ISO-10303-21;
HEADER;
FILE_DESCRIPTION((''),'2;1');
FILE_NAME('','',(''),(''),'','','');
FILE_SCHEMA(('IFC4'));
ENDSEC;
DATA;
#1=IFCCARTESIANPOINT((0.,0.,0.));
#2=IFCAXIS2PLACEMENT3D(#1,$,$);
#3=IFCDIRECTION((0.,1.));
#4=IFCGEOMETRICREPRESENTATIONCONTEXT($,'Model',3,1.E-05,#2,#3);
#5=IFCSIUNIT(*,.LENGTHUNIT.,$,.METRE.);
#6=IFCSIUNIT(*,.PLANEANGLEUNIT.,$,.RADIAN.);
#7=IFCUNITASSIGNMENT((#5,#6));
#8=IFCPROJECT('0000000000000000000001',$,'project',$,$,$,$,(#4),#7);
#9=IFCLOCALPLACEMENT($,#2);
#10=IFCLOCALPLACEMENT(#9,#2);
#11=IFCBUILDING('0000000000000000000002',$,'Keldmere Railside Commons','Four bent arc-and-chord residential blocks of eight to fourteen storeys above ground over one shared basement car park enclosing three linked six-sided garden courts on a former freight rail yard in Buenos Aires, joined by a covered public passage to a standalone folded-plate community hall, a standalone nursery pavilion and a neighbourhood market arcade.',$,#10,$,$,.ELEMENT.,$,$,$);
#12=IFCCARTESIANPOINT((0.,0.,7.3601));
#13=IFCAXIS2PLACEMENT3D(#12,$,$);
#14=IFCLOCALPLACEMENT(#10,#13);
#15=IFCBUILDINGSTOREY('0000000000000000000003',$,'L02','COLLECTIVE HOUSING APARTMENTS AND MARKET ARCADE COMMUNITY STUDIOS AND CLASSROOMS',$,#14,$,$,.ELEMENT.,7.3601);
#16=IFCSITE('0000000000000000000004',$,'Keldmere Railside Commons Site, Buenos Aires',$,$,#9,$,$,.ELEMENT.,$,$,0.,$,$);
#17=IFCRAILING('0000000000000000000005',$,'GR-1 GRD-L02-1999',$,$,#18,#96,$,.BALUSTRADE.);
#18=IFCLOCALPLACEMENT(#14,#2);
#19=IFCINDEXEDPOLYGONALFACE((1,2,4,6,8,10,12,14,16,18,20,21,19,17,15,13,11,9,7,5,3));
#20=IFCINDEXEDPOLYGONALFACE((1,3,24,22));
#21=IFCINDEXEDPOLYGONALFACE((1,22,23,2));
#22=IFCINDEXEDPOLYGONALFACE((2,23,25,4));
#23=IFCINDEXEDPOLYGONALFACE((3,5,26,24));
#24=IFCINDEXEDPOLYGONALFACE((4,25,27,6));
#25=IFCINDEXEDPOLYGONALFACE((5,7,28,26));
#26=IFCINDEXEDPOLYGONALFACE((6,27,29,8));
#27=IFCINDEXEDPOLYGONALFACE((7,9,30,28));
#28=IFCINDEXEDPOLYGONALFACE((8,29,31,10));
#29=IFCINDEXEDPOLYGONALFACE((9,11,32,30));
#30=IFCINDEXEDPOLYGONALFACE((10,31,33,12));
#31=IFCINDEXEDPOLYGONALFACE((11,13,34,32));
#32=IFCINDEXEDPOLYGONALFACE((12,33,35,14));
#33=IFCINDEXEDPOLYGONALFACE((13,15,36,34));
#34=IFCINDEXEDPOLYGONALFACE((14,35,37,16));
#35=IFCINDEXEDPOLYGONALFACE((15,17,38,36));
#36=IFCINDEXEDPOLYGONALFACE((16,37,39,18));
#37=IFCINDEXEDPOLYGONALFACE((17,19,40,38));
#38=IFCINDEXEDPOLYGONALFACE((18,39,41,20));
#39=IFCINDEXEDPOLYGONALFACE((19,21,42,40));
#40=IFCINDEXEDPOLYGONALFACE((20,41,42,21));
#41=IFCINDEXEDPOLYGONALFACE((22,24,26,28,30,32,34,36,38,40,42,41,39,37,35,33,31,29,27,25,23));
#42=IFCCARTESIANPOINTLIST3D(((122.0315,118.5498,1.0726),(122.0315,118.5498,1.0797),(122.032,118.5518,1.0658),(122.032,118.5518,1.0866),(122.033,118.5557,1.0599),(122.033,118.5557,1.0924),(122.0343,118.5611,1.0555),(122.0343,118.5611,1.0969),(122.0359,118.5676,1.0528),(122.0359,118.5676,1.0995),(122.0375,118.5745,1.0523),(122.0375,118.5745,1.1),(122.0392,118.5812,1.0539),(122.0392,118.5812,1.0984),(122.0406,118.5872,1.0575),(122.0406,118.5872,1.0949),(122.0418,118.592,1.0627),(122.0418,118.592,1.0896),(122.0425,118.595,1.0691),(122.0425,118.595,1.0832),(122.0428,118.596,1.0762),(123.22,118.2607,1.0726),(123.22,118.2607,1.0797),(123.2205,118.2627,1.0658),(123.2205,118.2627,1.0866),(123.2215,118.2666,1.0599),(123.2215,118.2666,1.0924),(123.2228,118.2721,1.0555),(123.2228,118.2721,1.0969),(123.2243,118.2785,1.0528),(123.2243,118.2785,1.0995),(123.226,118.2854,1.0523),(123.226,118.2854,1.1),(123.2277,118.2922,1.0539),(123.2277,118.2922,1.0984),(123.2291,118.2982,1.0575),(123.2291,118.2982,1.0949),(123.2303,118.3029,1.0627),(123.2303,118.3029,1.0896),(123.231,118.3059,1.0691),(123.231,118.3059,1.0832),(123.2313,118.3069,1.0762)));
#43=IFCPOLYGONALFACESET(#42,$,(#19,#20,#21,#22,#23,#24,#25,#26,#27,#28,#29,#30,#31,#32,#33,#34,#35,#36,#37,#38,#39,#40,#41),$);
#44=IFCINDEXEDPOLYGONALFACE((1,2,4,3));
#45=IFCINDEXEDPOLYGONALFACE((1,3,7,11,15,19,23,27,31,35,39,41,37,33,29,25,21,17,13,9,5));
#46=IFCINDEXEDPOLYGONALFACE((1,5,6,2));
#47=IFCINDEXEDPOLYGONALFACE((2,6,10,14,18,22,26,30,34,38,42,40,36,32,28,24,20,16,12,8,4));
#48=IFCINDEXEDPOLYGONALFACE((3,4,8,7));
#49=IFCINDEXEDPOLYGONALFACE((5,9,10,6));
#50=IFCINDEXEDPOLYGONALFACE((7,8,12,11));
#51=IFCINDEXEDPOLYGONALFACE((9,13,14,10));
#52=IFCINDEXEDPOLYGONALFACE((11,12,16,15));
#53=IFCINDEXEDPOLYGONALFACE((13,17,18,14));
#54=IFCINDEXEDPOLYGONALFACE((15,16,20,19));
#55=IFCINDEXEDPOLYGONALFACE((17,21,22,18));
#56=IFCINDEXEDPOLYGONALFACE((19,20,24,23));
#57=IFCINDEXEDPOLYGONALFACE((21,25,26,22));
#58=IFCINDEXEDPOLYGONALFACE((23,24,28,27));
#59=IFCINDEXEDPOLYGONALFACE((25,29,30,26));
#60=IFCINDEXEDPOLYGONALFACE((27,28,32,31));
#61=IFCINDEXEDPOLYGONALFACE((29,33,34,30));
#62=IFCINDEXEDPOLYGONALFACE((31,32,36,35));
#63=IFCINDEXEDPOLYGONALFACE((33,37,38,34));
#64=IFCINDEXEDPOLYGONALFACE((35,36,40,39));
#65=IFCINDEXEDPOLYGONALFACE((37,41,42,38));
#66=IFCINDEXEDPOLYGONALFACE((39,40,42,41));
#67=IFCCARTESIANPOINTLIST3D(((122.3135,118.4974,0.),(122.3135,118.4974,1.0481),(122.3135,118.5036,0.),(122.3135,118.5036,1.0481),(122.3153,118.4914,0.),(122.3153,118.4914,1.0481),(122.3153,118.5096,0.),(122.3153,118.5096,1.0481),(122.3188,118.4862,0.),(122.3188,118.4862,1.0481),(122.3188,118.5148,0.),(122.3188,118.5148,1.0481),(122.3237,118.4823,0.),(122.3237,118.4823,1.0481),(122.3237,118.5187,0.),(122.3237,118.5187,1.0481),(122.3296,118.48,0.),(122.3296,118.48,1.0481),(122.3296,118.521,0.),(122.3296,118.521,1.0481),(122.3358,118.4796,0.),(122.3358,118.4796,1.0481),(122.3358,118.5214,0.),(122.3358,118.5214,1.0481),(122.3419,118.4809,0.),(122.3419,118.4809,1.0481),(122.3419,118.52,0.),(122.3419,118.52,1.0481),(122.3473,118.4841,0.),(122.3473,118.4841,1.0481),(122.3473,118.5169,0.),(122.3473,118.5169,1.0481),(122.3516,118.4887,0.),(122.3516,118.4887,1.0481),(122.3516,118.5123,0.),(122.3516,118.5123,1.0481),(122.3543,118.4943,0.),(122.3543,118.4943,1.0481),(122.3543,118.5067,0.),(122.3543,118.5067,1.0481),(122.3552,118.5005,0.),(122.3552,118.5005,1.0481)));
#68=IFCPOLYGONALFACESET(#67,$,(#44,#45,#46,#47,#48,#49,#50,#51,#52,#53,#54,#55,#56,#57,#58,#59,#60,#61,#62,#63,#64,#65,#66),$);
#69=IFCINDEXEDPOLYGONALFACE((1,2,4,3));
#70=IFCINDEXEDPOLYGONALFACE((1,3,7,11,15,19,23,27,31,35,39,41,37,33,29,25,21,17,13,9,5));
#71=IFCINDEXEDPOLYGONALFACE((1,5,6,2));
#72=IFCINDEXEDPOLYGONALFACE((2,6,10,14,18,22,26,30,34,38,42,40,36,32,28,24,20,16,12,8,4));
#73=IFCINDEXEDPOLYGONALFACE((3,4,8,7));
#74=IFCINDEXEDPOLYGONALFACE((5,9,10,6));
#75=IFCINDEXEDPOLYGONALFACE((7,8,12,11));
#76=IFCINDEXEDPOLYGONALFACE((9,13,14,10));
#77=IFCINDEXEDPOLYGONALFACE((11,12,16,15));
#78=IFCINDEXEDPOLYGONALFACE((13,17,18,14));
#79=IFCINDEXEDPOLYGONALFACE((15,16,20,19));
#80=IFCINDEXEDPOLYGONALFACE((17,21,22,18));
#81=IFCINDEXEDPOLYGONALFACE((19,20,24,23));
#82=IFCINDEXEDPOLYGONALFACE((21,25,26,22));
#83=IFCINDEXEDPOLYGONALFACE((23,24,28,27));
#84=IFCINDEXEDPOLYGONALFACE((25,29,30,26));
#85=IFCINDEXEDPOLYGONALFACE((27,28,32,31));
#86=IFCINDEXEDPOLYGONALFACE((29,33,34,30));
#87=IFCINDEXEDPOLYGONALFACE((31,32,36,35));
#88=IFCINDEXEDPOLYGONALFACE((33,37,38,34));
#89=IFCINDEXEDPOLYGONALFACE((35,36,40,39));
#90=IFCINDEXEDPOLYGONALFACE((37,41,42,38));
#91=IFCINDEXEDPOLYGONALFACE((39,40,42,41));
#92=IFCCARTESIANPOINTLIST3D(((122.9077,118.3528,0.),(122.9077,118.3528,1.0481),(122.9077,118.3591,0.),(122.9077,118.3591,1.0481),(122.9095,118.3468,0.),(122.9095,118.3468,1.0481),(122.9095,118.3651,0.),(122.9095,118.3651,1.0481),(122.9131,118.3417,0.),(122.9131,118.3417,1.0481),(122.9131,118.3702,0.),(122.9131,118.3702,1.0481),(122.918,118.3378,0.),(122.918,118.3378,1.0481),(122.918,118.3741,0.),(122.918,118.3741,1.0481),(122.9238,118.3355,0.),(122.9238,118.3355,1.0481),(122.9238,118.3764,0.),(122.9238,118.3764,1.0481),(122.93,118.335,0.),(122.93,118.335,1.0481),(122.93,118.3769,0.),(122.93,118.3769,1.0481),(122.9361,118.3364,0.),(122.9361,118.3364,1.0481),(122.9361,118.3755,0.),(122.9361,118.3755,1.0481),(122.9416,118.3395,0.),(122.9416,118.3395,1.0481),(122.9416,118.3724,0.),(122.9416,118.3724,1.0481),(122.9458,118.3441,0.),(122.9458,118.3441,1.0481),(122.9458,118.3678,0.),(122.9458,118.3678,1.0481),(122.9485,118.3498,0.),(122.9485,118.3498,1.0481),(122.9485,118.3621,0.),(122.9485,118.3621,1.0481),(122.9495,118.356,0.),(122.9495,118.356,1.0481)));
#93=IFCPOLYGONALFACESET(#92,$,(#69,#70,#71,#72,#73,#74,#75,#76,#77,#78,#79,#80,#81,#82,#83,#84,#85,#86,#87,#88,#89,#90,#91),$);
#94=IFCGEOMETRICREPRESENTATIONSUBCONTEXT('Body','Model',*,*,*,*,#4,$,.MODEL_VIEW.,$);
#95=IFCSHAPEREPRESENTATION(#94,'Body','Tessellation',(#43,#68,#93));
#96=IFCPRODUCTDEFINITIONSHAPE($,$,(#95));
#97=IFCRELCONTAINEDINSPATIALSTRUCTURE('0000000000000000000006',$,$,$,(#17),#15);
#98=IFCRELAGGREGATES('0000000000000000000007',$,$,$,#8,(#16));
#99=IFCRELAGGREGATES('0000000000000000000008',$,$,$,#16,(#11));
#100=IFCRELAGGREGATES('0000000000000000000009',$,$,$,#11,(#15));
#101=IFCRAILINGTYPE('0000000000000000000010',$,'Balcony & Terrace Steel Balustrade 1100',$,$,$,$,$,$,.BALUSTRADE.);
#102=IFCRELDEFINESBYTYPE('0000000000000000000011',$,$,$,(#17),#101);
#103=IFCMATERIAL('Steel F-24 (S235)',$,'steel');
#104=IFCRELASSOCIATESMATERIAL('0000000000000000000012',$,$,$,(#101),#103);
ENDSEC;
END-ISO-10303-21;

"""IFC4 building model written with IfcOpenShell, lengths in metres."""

from ifc_helpers import new_model, si_unit, direction, frame, origin, origin_2d, place, context, subcontext, project, spatial, circle, extrude, material, type_object, element, save


model = new_model("IFC4")

# Units and contexts
model_context = context("Model", 3, precision=1e-05, world=origin(), true_north=direction((0.0, 1.0)))
body_context = subcontext(model_context, "Body", "Model", "MODEL_VIEW")
ifc_project = project(units=[si_unit("LENGTHUNIT", "METRE"), si_unit("PLANEANGLEUNIT", "RADIAN")], contexts=[model_context])

# Site, building, storey
site_placement = place(None, origin())
site = spatial("IfcSite", under=ifc_project, at=site_placement, Name="Keldmere Railside Commons Site, Buenos Aires", CompositionType="ELEMENT", RefElevation=0.0)
building_placement = place(site_placement, origin())
building = spatial("IfcBuilding", under=site, at=building_placement, Name="Keldmere Railside Commons", Description="Four bent arc-and-chord residential blocks of eight to fourteen storeys above ground over one shared basement car park enclosing three linked six-sided garden courts on a former freight rail yard in Buenos Aires, joined by a covered public passage to a standalone folded-plate community hall, a standalone nursery pavilion and a neighbourhood market arcade.", CompositionType="ELEMENT")
storey_placement = place(building_placement, frame((0.0, 0.0, 7.3601)))
storey = spatial("IfcBuildingStorey", under=building, at=storey_placement, Name="L02", Description="COLLECTIVE HOUSING APARTMENTS AND MARKET ARCADE COMMUNITY STUDIOS AND CLASSROOMS", CompositionType="ELEMENT", Elevation=7.3601)

# Railing
ifc_material_1 = material(Name="Steel F-24 (S235)", Category="steel")
railing_type = type_object("IfcRailingType", Name="Balcony & Terrace Steel Balustrade 1100", PredefinedType="BALUSTRADE", material=ifc_material_1)
railing_1_placement = place(storey_placement, frame((122.0371, 118.5728, 0.0)))
element("IfcRailing", 1, at=railing_1_placement, inside=storey, type_object=railing_type, Name="GR-1 GRD-L02-1999", PredefinedType="BALUSTRADE", context=body_context, shape_type="SweptSolid", body=[
    extrude(circle(Radius=0.0239, at=origin_2d()), frame((0.0, 0.0, 1.0762), z_axis=(0.971673, -0.236331, 0.0), x_axis=(0.236331, 0.971673, 0.0)), (0.0, 0.0, 1.0), 1.2231),
    extrude(circle(Radius=0.021, at=origin_2d()), frame((0.2971, -0.0723, 0.0)), (0.0, 0.0, 1.0), 1.0481),
    extrude(circle(Radius=0.021, at=origin_2d()), frame((0.8914, -0.2168, 0.0)), (0.0, 0.0, 1.0), 1.0481),
])

save(model, "model.ifc")
